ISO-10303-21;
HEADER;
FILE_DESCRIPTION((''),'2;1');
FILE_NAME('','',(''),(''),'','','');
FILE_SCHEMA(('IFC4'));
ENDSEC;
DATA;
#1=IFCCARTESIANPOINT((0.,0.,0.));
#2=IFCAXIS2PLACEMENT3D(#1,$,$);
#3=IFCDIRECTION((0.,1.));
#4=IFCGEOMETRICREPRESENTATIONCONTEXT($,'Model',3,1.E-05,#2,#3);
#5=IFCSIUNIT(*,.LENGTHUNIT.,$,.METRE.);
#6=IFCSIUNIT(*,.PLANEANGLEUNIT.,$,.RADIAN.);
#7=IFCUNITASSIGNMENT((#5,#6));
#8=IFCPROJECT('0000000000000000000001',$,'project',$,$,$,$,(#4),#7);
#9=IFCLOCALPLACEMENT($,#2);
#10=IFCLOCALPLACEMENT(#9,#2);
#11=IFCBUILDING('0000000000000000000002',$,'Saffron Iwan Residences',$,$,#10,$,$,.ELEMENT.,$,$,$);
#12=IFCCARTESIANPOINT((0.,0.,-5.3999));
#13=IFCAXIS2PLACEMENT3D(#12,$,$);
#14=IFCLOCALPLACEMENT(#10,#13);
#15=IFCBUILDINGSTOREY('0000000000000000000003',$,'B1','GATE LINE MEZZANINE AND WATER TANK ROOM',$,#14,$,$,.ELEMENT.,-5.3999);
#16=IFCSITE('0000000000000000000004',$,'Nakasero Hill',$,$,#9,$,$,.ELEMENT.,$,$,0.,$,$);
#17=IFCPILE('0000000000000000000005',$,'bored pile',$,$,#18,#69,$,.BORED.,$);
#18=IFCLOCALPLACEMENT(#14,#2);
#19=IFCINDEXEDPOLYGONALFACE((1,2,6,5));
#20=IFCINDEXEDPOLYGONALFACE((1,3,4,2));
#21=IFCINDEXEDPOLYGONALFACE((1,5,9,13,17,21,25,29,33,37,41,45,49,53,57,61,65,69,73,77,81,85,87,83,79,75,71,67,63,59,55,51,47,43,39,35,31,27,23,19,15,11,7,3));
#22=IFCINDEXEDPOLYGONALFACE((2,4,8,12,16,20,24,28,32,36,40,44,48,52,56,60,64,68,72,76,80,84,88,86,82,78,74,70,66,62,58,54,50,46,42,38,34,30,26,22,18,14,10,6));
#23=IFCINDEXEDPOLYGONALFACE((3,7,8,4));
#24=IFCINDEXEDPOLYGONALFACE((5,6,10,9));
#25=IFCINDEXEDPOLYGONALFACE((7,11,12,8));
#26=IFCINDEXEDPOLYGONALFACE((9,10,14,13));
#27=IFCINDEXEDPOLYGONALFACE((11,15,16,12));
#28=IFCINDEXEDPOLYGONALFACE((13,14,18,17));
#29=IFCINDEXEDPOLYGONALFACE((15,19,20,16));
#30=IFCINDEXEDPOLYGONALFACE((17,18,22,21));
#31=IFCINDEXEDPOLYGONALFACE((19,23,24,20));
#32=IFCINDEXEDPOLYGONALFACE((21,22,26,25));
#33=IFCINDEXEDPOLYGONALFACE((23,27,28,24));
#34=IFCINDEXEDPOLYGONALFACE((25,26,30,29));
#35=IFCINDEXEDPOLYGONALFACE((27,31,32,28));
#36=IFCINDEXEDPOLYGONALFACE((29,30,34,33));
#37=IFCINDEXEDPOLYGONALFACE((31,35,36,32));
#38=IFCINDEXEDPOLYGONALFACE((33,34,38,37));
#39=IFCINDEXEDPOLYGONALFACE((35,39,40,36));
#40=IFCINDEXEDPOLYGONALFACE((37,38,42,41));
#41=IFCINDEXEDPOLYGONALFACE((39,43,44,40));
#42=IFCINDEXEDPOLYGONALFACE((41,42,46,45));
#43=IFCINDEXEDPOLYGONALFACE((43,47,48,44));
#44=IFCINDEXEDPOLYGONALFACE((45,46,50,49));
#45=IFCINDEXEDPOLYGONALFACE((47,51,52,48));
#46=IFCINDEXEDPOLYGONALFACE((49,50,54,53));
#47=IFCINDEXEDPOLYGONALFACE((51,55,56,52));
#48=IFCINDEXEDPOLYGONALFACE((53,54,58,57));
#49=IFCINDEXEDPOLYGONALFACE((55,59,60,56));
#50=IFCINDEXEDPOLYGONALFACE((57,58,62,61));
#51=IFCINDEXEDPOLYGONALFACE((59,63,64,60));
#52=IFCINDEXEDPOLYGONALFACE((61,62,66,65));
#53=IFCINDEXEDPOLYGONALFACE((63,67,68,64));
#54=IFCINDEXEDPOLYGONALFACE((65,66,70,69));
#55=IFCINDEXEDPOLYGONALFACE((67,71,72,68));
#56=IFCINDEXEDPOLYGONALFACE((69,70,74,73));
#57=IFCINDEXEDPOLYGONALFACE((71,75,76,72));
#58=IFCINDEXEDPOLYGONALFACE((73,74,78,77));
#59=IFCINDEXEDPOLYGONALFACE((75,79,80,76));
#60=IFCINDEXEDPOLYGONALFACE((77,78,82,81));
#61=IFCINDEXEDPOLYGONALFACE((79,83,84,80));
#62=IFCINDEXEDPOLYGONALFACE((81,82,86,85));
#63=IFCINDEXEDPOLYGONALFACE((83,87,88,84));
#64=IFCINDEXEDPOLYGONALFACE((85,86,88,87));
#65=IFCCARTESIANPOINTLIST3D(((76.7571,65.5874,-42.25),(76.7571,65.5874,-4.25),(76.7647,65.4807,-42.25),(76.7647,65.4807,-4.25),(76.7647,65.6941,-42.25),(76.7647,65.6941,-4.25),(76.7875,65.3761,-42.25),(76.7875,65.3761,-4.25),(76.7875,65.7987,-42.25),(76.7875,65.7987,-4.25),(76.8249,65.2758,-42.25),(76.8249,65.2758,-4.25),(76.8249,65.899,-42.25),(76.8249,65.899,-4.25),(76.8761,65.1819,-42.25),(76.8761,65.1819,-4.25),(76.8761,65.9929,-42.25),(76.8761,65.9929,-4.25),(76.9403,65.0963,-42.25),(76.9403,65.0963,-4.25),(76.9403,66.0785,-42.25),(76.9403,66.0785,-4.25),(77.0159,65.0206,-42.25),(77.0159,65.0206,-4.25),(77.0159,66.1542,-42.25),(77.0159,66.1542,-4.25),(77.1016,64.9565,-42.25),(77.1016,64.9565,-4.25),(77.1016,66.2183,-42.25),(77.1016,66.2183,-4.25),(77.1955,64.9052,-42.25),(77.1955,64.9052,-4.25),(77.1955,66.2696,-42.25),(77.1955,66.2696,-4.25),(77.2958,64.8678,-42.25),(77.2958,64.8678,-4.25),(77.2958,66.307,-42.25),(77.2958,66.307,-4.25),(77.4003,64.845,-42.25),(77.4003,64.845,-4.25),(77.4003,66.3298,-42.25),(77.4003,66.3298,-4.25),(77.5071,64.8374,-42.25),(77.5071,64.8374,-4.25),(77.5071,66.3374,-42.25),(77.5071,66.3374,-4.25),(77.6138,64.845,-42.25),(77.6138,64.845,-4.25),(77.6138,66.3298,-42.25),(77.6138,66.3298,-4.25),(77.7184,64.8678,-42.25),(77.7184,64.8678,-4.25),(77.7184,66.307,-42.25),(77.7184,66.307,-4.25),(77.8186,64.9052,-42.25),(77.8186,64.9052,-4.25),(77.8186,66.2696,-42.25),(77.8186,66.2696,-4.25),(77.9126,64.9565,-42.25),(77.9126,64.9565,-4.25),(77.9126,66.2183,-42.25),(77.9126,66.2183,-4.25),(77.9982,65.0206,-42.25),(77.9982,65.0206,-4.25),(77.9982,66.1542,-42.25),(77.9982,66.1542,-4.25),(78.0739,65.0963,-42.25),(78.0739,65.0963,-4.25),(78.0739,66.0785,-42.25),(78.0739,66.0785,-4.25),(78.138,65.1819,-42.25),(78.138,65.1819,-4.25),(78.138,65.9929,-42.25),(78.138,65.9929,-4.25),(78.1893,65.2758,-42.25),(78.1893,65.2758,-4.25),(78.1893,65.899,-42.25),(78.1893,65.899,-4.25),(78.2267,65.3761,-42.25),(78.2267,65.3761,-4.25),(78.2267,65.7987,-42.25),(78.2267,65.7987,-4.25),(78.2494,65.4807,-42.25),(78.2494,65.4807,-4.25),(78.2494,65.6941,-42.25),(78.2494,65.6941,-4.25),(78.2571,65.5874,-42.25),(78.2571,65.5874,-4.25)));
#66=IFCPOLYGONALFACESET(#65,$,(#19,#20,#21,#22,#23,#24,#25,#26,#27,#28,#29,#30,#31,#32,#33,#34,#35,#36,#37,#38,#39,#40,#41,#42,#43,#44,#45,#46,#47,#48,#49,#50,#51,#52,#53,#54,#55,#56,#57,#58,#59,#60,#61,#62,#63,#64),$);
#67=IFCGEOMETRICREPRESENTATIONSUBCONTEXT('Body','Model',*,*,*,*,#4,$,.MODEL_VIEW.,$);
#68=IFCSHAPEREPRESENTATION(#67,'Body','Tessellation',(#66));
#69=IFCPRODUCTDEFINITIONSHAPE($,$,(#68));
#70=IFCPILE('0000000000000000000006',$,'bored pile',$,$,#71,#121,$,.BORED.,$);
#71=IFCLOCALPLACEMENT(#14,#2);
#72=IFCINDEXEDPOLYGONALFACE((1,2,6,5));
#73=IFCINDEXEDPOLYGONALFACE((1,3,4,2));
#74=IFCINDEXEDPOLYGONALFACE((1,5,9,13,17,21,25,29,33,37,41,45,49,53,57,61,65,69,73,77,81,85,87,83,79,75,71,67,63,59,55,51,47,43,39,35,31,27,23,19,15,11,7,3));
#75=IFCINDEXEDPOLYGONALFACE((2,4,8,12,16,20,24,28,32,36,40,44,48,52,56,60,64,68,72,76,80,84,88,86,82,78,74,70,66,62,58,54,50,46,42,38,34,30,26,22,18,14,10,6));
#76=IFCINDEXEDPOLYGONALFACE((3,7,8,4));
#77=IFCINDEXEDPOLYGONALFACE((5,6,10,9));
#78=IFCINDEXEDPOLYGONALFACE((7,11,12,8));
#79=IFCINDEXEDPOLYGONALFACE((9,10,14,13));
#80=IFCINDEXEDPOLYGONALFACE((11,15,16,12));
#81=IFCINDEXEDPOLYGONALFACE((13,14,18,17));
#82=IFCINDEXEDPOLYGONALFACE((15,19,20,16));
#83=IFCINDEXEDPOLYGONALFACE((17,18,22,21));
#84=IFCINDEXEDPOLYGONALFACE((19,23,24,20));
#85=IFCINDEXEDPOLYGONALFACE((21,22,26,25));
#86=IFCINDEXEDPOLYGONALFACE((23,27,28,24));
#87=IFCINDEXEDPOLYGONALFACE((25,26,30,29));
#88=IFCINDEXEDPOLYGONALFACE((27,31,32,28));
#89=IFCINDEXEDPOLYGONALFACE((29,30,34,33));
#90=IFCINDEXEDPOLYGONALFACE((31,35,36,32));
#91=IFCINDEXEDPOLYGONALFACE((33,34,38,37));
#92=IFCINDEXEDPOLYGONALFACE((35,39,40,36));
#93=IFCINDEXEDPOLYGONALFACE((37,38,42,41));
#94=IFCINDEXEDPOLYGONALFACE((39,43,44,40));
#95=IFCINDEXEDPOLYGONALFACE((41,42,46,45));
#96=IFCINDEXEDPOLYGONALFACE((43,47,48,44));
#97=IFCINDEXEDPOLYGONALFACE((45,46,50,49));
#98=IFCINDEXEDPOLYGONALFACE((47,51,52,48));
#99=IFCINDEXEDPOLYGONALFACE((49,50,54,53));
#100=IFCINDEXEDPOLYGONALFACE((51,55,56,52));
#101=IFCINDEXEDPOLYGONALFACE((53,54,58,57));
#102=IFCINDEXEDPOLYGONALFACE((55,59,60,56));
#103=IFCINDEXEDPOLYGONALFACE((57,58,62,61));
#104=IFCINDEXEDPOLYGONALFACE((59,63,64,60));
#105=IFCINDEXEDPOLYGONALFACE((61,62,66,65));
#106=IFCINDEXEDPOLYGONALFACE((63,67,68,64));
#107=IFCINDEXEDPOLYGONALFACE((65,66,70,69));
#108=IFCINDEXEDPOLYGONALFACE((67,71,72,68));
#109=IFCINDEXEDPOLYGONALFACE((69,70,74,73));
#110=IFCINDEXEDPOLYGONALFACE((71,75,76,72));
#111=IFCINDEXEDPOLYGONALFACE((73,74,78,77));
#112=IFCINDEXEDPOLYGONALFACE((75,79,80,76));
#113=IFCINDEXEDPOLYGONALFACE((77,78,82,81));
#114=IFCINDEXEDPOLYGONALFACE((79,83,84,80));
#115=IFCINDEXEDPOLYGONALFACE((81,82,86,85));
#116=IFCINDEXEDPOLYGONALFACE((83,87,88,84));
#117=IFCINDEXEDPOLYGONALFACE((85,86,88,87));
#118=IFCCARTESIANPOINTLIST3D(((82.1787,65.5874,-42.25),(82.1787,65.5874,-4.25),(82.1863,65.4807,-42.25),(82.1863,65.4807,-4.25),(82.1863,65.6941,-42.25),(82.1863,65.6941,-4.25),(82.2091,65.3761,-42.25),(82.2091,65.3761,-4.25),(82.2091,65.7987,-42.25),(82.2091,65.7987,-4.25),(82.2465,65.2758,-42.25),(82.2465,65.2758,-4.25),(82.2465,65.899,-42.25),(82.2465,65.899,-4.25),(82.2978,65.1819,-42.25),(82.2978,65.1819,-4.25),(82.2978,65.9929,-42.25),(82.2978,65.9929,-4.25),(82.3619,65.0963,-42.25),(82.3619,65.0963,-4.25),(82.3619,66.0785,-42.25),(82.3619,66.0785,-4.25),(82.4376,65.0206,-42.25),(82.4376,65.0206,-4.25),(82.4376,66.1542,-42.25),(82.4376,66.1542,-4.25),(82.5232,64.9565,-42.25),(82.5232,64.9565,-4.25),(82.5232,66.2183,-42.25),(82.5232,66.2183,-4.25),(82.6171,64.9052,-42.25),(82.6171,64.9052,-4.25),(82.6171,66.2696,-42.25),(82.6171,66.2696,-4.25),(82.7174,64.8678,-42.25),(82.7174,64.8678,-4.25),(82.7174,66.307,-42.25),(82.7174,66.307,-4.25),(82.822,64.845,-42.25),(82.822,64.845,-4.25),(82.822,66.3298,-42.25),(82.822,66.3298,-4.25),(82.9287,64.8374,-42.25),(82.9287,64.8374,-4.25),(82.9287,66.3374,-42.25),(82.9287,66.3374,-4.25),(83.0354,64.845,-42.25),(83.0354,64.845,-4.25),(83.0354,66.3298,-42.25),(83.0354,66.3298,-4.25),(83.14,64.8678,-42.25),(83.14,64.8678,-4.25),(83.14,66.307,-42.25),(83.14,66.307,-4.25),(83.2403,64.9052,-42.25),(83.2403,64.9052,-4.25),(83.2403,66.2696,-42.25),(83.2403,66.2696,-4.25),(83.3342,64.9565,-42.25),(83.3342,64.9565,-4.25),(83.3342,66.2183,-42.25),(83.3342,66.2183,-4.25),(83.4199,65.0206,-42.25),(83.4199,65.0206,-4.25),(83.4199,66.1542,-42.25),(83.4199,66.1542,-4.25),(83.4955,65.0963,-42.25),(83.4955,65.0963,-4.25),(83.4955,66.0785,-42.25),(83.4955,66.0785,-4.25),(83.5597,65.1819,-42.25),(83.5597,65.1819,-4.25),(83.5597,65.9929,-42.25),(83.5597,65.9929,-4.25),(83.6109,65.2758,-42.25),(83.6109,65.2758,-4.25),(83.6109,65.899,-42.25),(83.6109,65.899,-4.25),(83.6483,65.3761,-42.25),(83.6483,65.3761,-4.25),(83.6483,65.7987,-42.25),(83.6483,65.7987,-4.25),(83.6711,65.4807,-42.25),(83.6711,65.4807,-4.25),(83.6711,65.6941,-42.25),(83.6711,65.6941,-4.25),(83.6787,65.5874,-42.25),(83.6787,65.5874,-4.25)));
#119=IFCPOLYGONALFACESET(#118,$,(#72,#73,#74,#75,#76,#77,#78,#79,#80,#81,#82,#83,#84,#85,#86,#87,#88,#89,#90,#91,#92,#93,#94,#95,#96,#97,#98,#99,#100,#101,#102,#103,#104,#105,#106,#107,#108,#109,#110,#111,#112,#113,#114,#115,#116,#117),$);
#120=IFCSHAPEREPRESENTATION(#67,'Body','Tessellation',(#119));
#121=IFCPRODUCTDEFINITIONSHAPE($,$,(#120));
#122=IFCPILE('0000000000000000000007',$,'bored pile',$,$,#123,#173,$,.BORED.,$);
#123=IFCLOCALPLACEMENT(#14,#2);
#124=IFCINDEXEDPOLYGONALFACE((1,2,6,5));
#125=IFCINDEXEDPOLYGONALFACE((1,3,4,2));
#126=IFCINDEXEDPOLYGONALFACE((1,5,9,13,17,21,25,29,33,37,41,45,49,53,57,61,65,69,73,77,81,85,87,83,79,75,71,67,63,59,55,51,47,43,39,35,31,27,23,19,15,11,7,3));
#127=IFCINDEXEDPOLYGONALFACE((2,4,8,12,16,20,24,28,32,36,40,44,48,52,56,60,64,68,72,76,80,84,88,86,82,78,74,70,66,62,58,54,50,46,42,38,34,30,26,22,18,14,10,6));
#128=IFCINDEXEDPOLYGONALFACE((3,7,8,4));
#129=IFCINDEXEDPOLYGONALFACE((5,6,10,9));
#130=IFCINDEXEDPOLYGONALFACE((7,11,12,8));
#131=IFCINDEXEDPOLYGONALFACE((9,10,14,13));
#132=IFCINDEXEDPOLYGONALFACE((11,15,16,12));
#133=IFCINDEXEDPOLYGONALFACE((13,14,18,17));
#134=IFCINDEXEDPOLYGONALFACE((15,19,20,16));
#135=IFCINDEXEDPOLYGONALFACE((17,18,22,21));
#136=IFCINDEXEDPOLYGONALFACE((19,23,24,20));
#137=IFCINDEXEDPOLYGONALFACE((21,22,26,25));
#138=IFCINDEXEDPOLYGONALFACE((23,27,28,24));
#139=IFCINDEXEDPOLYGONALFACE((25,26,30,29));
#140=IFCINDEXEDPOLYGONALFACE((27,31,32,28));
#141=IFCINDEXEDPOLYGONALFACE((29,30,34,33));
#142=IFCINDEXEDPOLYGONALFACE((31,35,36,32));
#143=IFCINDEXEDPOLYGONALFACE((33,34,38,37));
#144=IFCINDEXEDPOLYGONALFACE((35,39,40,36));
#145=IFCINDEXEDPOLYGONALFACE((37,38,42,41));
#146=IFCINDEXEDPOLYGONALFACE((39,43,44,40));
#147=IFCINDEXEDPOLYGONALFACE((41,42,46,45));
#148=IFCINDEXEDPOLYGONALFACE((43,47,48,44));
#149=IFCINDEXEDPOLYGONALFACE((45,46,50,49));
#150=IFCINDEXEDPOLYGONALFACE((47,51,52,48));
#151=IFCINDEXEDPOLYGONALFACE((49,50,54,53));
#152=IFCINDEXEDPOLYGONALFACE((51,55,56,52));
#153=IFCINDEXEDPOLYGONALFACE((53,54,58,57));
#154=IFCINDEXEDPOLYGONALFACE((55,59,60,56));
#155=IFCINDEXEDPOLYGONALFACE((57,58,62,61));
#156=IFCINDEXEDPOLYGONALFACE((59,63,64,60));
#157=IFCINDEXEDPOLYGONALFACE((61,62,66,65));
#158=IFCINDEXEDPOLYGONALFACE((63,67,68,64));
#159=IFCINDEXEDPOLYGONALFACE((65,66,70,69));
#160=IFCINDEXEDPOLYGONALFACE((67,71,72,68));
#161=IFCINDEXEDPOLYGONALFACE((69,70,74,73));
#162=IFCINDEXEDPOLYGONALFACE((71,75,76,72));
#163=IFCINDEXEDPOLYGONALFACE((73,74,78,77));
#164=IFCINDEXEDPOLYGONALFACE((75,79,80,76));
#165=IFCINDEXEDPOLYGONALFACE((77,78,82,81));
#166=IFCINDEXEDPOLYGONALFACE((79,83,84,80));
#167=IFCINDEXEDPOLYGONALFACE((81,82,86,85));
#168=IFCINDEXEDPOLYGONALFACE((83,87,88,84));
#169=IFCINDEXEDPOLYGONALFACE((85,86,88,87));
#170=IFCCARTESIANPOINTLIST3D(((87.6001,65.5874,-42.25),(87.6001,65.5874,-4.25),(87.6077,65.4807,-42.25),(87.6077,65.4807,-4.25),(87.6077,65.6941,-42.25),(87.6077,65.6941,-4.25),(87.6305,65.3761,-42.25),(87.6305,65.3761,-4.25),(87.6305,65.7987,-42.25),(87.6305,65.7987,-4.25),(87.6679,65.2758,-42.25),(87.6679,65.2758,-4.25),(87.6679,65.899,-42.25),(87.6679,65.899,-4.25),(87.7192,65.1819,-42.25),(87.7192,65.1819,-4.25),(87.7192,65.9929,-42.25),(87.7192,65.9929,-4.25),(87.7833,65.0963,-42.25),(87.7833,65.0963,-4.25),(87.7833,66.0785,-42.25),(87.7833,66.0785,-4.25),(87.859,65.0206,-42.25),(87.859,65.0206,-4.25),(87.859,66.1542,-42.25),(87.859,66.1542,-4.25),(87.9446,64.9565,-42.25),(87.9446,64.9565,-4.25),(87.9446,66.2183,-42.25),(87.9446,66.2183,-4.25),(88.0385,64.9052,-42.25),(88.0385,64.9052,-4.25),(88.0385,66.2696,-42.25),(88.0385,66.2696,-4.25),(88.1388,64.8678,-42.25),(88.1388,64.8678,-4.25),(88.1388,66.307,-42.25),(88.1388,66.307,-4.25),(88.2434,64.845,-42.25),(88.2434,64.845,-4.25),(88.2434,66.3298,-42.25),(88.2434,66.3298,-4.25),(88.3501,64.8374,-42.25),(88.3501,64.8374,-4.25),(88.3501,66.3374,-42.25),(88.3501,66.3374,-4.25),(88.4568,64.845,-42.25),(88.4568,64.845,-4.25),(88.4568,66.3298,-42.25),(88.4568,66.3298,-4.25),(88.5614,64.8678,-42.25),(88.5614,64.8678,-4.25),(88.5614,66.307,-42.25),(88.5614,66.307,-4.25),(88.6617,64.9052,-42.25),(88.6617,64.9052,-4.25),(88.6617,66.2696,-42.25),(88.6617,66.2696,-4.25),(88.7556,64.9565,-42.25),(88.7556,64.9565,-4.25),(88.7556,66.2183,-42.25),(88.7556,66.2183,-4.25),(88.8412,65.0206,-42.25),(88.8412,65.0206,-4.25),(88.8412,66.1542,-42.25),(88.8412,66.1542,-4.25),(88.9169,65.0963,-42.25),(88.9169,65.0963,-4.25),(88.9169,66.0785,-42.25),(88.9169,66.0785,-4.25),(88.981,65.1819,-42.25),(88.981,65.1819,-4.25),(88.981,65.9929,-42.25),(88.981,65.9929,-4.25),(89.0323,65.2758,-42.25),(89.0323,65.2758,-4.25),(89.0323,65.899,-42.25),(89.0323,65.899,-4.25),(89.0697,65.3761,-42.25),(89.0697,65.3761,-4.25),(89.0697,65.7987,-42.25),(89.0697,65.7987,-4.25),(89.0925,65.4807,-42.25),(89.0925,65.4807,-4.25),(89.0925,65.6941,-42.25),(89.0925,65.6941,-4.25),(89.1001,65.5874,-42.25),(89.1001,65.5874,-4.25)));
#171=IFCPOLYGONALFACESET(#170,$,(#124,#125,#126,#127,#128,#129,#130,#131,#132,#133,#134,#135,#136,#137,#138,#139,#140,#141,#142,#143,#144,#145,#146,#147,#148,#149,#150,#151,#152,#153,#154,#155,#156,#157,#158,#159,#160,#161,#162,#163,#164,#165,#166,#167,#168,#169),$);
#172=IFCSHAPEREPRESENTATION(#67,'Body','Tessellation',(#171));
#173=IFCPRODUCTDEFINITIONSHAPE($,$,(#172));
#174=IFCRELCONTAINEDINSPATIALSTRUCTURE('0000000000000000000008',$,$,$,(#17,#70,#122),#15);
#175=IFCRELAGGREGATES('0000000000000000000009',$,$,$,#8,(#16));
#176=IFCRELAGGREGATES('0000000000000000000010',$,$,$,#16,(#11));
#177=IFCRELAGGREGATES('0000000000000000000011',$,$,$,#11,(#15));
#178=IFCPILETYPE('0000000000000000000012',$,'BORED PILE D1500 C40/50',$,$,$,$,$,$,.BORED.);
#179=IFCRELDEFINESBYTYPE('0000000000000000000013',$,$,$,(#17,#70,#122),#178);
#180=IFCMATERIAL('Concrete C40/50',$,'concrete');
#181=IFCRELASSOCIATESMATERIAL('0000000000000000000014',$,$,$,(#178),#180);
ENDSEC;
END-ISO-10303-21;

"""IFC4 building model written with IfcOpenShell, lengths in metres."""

from ifc_helpers import new_model, si_unit, direction, frame, origin, origin_2d, place, context, subcontext, project, spatial, circle, extrude, material, material_profile, profile_set, type_object, element, save


model = new_model("IFC4")

# Units and contexts
model_context = context("Model", 3, precision=1e-05, world=origin(), true_north=direction((0.0, 1.0)))
body_context = subcontext(model_context, "Body", "Model", "MODEL_VIEW")
ifc_project = project(units=[si_unit("LENGTHUNIT", "METRE"), si_unit("PLANEANGLEUNIT", "RADIAN")], contexts=[model_context])

# Site, building, storey
site_placement = place(None, origin())
site = spatial("IfcSite", under=ifc_project, at=site_placement, Name="Nakasero Hill", CompositionType="ELEMENT", RefElevation=0.0)
building_placement = place(site_placement, origin())
building = spatial("IfcBuilding", under=site, at=building_placement, Name="Saffron Iwan Residences", CompositionType="ELEMENT")
storey_placement = place(building_placement, frame((0.0, 0.0, -5.3999)))
storey = spatial("IfcBuildingStorey", under=building, at=storey_placement, Name="B1", Description="GATE LINE MEZZANINE AND WATER TANK ROOM", CompositionType="ELEMENT", Elevation=-5.3999)

# Piles
ifc_material_1 = material(Name="Concrete C40/50", Category="concrete")
ifc_material_profile_1 = material_profile(ifc_material_1, circle(Radius=0.75, at=origin_2d()), Name="RC D1500")
ifc_profile_set_1 = profile_set([ifc_material_profile_1], Name="Concrete C40/50")
pile_type = type_object("IfcPileType", Name="BORED PILE D1500 C40/50", PredefinedType="BORED", material=ifc_profile_set_1)
for number, where, z_axis, x_axis, name in (
    (1, (77.5071, 65.5874, -4.25), (0.0, 0.0, -1.0), (1.0, 0.0, 0.0), "bored pile"),
    (2, (82.9287, 65.5874, -4.25), (0.0, 0.0, -1.0), (1.0, 0.0, 0.0), "bored pile"),
    (3, (88.3501, 65.5874, -4.25), (0.0, 0.0, -1.0), (1.0, 0.0, 0.0), "bored pile"),
):
    element("IfcPile", number, at=place(storey_placement, frame(where, z_axis=z_axis, x_axis=x_axis)), inside=storey, type_object=pile_type, Name=name, PredefinedType="BORED", context=body_context, shape_type="SweptSolid", body=[
        extrude(circle(Radius=0.75, at=origin_2d()), origin(), (0.0, 0.0, 1.0), 38.0),
    ])

save(model, "model.ifc")
